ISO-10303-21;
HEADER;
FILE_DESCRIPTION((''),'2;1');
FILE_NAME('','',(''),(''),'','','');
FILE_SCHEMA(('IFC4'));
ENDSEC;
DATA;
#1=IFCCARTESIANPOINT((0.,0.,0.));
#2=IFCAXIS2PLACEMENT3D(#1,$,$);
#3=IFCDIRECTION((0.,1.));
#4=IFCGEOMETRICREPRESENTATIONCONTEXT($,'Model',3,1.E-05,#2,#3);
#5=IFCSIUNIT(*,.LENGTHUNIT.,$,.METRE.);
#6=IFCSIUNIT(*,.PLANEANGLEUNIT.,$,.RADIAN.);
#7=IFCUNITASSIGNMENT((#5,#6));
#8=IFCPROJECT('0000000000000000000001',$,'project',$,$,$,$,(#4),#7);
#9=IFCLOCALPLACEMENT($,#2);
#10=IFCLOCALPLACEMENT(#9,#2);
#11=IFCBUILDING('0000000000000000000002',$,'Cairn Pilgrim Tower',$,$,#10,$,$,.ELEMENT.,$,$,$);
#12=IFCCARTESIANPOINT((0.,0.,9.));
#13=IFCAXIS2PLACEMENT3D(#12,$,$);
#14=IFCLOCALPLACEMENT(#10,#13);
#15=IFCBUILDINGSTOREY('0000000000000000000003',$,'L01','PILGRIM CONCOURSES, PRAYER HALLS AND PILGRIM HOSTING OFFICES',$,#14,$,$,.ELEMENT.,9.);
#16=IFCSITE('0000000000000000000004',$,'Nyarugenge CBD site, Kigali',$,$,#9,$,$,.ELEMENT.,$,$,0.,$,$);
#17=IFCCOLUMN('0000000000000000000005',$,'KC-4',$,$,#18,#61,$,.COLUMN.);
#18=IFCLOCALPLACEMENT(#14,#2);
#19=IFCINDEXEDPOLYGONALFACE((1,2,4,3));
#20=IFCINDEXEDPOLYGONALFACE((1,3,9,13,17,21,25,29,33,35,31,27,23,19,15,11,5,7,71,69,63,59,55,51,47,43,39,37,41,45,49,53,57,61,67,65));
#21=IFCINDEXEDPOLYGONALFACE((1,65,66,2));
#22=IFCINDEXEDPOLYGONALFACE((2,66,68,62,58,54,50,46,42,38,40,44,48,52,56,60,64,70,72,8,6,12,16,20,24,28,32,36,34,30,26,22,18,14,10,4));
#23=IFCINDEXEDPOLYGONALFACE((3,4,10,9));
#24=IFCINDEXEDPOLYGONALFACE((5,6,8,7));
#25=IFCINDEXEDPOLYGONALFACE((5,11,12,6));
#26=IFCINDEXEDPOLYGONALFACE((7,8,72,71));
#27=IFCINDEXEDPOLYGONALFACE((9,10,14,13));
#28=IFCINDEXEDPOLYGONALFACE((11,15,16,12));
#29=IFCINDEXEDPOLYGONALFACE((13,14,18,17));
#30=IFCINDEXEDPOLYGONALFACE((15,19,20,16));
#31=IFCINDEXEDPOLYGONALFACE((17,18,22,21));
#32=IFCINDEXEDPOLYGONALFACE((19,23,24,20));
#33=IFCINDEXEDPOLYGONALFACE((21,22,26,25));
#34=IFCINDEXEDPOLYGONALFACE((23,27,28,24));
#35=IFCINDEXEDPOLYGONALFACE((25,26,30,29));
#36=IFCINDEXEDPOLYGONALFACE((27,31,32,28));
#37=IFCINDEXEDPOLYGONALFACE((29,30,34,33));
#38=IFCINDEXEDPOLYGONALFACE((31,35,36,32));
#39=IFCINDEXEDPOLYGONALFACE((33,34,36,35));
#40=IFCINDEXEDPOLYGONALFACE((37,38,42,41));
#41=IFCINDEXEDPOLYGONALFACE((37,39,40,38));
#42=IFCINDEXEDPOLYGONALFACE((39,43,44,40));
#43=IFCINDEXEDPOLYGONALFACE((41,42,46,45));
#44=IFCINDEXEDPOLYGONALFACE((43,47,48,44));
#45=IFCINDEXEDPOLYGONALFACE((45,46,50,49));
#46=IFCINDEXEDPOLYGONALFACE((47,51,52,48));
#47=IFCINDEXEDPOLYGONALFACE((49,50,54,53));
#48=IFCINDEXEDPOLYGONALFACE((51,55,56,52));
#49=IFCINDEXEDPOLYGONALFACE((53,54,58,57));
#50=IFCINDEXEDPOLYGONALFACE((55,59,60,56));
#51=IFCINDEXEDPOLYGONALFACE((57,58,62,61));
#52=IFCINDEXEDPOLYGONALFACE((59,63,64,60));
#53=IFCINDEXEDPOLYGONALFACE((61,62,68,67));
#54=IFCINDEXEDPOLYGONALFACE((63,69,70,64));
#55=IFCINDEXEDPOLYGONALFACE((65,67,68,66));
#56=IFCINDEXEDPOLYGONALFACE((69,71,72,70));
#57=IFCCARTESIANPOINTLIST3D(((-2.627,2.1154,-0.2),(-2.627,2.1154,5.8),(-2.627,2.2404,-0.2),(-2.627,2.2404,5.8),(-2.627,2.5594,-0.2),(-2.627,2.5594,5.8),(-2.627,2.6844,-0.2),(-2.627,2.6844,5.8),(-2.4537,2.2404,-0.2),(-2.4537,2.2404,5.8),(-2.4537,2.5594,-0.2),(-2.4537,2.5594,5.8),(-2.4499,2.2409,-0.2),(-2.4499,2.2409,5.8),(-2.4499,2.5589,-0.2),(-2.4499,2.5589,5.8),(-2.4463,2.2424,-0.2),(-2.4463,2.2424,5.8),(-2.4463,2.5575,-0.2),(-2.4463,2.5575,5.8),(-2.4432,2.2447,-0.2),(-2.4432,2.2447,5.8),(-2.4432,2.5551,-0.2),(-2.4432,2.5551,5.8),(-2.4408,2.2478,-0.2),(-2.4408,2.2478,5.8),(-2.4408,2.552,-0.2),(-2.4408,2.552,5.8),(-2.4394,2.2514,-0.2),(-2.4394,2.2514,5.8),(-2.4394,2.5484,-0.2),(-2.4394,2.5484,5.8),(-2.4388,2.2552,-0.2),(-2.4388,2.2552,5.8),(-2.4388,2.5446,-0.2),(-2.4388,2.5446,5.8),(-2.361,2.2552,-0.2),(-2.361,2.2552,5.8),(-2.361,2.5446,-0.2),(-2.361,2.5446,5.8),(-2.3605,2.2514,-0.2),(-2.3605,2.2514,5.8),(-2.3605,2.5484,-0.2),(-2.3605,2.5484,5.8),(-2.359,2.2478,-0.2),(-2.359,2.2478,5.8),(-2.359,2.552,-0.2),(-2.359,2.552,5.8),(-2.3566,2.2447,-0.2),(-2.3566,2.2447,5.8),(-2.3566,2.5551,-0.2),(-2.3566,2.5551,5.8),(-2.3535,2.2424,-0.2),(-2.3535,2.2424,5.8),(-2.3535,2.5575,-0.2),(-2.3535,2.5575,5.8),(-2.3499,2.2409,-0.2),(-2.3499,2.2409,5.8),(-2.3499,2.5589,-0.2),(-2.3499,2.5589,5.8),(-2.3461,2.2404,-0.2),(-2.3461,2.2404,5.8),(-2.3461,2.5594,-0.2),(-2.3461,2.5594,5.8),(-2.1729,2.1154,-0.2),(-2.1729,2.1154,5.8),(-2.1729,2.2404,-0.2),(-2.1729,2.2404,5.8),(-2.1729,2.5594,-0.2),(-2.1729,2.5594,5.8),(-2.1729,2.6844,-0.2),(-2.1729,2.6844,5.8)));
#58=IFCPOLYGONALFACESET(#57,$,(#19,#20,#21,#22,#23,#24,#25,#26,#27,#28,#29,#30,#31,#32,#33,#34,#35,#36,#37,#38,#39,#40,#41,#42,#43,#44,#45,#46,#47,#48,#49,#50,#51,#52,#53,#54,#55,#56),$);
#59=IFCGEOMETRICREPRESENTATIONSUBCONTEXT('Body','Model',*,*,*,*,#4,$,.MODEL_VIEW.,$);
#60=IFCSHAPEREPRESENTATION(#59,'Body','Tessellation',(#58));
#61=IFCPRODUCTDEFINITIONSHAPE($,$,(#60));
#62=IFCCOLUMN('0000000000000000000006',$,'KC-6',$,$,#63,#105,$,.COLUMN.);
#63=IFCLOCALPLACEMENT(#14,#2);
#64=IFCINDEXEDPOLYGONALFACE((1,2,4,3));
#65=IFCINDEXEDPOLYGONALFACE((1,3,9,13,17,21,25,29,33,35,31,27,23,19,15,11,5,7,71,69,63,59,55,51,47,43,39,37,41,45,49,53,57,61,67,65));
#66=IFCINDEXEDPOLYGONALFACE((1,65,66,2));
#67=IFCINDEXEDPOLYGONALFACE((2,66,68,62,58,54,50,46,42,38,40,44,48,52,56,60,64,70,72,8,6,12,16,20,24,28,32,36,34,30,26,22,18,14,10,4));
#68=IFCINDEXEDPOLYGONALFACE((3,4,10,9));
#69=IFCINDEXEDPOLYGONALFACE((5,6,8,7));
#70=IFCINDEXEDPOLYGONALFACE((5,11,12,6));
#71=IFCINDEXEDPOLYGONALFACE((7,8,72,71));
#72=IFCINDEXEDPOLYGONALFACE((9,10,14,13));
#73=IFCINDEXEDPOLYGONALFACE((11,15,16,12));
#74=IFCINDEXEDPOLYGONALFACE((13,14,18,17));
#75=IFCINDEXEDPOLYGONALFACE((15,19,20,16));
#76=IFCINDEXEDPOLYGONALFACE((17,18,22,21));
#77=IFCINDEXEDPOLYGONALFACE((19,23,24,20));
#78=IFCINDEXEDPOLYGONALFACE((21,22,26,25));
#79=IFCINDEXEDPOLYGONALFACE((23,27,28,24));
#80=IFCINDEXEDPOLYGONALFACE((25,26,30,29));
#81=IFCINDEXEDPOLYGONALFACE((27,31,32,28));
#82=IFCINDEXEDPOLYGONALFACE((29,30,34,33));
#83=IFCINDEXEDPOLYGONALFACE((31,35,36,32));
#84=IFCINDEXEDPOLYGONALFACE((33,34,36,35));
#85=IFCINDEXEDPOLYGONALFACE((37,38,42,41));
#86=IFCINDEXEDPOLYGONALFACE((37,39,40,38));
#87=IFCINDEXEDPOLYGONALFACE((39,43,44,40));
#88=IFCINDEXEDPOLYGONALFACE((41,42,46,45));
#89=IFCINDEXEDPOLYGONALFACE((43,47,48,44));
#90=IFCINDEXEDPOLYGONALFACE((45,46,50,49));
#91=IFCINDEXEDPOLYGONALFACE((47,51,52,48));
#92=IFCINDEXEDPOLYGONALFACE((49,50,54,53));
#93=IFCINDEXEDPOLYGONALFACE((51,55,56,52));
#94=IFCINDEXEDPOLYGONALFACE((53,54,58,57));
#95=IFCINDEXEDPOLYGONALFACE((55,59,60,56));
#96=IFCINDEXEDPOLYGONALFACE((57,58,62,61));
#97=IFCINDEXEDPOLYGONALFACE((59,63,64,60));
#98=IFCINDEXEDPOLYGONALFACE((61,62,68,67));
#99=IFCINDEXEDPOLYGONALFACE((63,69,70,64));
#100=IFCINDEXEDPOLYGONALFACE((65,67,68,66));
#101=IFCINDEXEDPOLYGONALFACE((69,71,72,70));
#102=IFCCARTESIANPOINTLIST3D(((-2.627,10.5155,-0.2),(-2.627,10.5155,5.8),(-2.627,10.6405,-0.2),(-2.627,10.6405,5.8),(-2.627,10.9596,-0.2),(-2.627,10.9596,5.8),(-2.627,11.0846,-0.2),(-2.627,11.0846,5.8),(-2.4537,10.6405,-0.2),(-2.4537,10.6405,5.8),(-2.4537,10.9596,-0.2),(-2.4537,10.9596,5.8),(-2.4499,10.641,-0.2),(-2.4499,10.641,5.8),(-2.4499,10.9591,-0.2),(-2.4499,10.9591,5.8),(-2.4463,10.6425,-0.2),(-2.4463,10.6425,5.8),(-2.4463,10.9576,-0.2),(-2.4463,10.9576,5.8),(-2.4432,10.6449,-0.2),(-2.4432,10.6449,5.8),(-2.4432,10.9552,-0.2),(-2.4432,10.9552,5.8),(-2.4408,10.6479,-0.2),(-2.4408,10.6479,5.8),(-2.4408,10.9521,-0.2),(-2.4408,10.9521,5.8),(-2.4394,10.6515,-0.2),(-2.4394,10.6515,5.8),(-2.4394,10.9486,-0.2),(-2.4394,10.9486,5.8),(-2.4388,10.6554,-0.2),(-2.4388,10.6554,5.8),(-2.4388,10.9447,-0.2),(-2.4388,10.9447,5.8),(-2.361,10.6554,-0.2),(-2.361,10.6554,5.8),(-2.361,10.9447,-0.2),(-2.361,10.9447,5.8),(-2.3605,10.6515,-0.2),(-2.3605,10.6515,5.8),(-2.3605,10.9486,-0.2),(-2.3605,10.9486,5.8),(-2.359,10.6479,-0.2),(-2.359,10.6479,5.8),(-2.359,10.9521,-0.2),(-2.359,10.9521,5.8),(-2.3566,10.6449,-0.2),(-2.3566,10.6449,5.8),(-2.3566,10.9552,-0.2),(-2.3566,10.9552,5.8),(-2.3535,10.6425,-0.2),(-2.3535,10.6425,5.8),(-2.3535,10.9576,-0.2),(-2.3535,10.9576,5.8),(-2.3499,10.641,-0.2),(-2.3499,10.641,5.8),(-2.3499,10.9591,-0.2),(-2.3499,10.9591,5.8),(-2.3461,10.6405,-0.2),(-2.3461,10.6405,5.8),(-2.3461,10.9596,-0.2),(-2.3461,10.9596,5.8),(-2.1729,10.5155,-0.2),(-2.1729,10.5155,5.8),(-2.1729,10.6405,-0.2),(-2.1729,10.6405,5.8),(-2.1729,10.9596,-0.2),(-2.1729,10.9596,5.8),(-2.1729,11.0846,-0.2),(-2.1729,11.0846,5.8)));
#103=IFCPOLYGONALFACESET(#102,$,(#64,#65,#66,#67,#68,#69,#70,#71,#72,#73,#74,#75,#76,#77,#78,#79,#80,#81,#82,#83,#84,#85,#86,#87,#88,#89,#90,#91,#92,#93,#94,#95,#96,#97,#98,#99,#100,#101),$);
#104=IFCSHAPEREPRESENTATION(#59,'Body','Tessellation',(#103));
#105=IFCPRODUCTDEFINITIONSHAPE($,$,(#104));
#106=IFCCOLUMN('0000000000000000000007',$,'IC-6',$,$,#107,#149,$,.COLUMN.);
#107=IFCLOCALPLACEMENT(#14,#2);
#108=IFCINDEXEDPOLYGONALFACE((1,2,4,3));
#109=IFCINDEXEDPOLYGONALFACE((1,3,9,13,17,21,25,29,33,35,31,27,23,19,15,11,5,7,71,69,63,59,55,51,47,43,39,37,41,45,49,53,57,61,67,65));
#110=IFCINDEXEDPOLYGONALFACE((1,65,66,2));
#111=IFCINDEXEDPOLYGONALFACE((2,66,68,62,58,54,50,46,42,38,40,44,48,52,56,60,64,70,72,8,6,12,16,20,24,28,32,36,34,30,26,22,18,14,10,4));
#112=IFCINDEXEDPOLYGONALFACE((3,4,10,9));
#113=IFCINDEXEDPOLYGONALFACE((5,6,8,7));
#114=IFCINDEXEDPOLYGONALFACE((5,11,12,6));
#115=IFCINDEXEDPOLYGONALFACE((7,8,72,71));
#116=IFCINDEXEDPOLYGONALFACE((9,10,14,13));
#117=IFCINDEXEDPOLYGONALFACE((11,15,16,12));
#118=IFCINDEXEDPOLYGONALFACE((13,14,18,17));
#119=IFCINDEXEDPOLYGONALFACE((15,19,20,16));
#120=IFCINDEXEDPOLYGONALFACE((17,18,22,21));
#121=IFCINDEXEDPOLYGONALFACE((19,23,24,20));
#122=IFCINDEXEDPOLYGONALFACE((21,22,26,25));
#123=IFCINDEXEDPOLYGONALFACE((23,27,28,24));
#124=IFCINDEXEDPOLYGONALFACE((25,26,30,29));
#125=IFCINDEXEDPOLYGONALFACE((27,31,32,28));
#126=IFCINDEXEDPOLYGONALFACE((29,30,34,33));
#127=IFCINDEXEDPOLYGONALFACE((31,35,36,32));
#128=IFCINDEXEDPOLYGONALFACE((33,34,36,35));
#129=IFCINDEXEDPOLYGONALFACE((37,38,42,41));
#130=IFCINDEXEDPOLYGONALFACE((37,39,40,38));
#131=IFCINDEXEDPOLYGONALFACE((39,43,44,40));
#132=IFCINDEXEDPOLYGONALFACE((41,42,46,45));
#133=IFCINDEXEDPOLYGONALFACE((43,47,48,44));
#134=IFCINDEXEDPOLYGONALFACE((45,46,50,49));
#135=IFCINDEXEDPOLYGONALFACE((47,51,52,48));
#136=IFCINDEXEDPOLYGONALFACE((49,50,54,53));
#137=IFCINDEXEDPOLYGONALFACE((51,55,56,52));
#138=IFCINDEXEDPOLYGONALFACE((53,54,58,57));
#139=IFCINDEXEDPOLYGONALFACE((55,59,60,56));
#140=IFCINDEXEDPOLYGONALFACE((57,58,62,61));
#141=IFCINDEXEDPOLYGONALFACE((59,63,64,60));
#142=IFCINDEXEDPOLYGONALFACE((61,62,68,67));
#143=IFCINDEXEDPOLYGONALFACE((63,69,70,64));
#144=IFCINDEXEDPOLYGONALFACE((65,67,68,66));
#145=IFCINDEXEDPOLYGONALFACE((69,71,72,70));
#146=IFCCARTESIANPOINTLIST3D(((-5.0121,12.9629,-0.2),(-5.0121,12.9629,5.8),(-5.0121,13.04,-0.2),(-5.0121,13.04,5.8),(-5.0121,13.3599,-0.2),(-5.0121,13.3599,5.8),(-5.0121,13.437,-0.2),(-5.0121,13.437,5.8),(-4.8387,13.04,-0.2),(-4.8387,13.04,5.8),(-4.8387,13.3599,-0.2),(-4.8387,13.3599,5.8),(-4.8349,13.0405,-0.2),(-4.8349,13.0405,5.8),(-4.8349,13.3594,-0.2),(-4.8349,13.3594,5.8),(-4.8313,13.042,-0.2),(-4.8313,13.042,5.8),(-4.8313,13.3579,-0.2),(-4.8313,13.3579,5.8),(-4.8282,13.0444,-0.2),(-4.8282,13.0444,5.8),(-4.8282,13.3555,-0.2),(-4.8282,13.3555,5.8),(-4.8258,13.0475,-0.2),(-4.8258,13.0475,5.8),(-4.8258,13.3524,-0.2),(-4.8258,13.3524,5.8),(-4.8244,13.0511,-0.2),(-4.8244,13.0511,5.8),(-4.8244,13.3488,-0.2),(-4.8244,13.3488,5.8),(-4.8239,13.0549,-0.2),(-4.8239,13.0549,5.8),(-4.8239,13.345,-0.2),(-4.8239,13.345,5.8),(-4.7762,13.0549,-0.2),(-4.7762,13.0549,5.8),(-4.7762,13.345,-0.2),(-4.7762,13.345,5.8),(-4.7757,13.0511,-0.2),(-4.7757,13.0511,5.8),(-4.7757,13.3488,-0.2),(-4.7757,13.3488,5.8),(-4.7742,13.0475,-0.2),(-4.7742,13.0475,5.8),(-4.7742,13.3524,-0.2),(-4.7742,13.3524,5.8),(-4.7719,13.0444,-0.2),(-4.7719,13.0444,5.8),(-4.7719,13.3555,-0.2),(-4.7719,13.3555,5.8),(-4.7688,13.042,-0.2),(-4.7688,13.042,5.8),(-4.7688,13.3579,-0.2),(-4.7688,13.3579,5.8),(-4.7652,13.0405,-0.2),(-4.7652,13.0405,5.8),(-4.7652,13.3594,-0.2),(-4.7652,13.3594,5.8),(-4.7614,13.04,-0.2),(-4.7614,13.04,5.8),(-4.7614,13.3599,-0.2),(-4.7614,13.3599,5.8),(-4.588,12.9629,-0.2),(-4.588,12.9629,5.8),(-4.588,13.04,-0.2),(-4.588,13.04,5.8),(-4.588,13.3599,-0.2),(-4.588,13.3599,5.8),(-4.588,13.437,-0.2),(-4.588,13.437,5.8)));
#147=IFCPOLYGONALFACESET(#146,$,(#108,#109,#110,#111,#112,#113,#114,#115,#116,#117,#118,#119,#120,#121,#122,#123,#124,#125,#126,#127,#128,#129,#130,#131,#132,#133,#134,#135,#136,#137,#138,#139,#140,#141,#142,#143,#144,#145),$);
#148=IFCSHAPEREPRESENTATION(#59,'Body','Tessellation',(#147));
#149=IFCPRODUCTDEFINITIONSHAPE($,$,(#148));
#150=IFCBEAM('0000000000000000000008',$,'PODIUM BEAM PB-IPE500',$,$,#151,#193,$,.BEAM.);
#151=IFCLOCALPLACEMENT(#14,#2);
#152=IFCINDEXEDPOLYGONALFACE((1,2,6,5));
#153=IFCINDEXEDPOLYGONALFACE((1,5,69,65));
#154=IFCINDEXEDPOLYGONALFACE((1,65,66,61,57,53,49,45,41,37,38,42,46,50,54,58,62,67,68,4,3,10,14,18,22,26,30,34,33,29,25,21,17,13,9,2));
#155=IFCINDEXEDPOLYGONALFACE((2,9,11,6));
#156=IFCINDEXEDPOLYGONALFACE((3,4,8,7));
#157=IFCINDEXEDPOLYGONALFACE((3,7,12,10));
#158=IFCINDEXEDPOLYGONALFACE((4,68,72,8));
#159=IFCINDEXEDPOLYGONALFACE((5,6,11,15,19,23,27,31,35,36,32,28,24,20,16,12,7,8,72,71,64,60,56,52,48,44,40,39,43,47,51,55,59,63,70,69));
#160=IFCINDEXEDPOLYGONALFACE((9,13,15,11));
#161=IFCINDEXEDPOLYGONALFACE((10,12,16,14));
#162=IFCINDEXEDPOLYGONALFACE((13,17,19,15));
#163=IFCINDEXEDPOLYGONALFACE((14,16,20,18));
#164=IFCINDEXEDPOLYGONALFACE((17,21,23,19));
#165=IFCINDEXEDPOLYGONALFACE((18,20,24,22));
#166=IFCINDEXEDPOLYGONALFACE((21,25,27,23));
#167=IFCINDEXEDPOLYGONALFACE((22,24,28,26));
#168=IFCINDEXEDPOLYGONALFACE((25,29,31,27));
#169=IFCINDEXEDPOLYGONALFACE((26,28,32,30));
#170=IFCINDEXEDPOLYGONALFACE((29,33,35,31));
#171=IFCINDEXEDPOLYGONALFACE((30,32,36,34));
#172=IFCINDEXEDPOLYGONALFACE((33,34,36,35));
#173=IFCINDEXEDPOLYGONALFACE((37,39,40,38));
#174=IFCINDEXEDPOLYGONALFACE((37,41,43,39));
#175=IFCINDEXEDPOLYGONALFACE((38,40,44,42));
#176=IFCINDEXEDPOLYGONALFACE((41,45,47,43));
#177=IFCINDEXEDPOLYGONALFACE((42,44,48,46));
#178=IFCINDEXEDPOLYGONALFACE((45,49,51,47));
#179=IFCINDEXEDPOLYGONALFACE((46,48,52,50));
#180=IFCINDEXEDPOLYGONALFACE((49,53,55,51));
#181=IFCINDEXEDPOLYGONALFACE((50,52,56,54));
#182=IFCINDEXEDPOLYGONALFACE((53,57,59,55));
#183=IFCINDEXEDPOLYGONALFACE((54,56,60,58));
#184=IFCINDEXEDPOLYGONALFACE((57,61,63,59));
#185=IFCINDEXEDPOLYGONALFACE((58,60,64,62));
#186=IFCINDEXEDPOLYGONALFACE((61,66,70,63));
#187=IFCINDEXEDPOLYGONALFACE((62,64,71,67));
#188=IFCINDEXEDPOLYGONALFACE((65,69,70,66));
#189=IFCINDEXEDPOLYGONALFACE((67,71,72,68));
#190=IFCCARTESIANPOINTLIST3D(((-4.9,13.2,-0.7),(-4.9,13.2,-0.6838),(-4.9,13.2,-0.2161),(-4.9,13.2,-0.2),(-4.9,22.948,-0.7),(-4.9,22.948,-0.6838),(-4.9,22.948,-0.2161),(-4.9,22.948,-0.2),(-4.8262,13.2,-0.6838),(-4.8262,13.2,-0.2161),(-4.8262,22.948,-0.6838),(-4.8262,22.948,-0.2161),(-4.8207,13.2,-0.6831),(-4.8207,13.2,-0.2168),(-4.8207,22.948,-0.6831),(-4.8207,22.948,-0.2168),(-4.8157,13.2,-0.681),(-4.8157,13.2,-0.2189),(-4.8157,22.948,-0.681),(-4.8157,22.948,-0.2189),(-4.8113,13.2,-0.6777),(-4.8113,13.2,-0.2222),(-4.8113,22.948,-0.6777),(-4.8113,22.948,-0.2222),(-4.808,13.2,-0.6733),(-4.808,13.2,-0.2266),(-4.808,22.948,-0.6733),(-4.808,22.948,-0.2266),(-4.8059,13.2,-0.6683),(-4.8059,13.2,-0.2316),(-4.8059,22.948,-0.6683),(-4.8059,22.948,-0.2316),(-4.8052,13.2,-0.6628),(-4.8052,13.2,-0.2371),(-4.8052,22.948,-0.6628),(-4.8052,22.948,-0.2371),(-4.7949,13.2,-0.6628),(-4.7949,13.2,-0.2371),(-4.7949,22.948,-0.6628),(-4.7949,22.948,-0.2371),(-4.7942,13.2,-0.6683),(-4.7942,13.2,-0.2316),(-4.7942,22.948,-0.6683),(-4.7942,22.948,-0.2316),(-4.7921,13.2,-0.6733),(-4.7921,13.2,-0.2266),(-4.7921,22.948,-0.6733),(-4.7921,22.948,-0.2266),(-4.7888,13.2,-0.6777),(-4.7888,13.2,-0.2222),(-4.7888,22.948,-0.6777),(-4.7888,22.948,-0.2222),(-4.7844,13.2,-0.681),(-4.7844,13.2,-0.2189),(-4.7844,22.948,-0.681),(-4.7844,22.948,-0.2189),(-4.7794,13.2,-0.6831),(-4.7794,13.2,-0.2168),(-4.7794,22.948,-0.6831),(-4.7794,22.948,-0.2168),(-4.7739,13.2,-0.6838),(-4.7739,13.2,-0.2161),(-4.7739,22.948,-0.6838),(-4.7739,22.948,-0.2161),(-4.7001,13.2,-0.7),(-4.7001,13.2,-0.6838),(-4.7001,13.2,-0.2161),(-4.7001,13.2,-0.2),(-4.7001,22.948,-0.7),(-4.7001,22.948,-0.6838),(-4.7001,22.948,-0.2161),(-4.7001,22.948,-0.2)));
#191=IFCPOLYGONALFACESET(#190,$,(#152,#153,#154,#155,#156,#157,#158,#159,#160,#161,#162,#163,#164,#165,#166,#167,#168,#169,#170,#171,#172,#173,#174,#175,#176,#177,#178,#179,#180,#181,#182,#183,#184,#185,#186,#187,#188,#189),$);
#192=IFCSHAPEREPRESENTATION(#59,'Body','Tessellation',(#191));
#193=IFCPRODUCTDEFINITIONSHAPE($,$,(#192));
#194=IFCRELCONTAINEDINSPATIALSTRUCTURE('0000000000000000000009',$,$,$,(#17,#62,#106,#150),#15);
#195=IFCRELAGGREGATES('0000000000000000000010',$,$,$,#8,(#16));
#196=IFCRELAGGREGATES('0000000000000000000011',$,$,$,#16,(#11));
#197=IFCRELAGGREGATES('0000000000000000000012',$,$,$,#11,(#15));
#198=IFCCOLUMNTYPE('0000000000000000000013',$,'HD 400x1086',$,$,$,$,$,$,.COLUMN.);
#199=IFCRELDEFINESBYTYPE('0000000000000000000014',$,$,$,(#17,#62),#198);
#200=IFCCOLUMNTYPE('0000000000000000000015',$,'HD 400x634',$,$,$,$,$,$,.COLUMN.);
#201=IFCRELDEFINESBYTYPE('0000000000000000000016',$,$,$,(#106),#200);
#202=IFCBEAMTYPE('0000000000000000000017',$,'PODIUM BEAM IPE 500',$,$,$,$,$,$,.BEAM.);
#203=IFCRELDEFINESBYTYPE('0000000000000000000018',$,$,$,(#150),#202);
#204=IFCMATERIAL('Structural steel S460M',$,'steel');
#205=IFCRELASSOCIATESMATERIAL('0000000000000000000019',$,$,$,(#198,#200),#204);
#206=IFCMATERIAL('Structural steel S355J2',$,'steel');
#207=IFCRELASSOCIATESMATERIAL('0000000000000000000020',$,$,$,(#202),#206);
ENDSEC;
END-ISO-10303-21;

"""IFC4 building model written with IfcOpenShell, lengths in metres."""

from ifc_helpers import new_model, si_unit, direction, frame, origin, origin_2d, place, context, subcontext, project, spatial, i_section, extrude, material, material_profile, profile_set, type_object, element, save


model = new_model("IFC4")

# Units and contexts
model_context = context("Model", 3, precision=1e-05, world=origin(), true_north=direction((0.0, 1.0)))
body_context = subcontext(model_context, "Body", "Model", "MODEL_VIEW")
ifc_project = project(units=[si_unit("LENGTHUNIT", "METRE"), si_unit("PLANEANGLEUNIT", "RADIAN")], contexts=[model_context])

# Site, building, storey
site_placement = place(None, origin())
site = spatial("IfcSite", under=ifc_project, at=site_placement, Name="Nyarugenge CBD site, Kigali", CompositionType="ELEMENT", RefElevation=0.0)
building_placement = place(site_placement, origin())
building = spatial("IfcBuilding", under=site, at=building_placement, Name="Cairn Pilgrim Tower", CompositionType="ELEMENT")
storey_placement = place(building_placement, frame((0.0, 0.0, 9.0)))
storey = spatial("IfcBuildingStorey", under=building, at=storey_placement, Name="L01", Description="PILGRIM CONCOURSES, PRAYER HALLS AND PILGRIM HOSTING OFFICES", CompositionType="ELEMENT", Elevation=9.0)

# Columns
ifc_material_1 = material(Name="Structural steel S460M", Category="steel")
ifc_material_profile_1 = material_profile(ifc_material_1, i_section(OverallWidth=0.4541, OverallDepth=0.5691, WebThickness=0.0779, FlangeThickness=0.125, FilletRadius=0.0149, at=origin_2d()), Name="HD 400x1086")
ifc_profile_set_1 = profile_set([ifc_material_profile_1], Name="Structural steel S460M")
column_type_1 = type_object("IfcColumnType", Name="HD 400x1086", PredefinedType="COLUMN", material=ifc_profile_set_1)
for number, where, z_axis, x_axis, name in (
    (1, (-2.3999, 2.3999, -0.2), (0.0, 0.0, 1.0), (1.0, 0.0, 0.0), "KC-4"),
    (2, (-2.3999, 10.8, -0.2), (0.0, 0.0, 1.0), (1.0, 0.0, 0.0), "KC-6"),
):
    element("IfcColumn", number, at=place(storey_placement, frame(where, z_axis=z_axis, x_axis=x_axis)), inside=storey, type_object=column_type_1, Name=name, PredefinedType="COLUMN", context=body_context, shape_type="SweptSolid", body=[
        extrude(i_section(OverallWidth=0.4541, OverallDepth=0.5691, WebThickness=0.0779, FlangeThickness=0.125, FilletRadius=0.0149, at=origin_2d()), origin(), (0.0, 0.0, 1.0), 6.0),
    ])
ifc_material_profile_2 = material_profile(ifc_material_1, i_section(OverallWidth=0.4241, OverallDepth=0.4741, WebThickness=0.0476, FlangeThickness=0.0771, FilletRadius=0.0149, at=origin_2d()), Name="HD 400x634")
ifc_profile_set_2 = profile_set([ifc_material_profile_2], Name="Structural steel S460M")
column_type_2 = type_object("IfcColumnType", Name="HD 400x634", PredefinedType="COLUMN", material=ifc_profile_set_2)
column_placement = place(storey_placement, frame((-4.8, 13.2, -0.2), z_axis=(0.0, 0.0, 1.0), x_axis=(1.0, 0.0, 0.0)))
element("IfcColumn", 3, at=column_placement, inside=storey, type_object=column_type_2, Name="IC-6", PredefinedType="COLUMN", context=body_context, shape_type="SweptSolid", body=[
    extrude(i_section(OverallWidth=0.4241, OverallDepth=0.4741, WebThickness=0.0476, FlangeThickness=0.0771, FilletRadius=0.0149, at=origin_2d()), origin(), (0.0, 0.0, 1.0), 6.0),
])

# Beam
ifc_material_2 = material(Name="Structural steel S355J2", Category="steel")
ifc_material_profile_3 = material_profile(ifc_material_2, i_section(OverallWidth=0.2, OverallDepth=0.5, WebThickness=0.0103, FlangeThickness=0.0161, FilletRadius=0.021, at=origin_2d()), Name="IPE 500")
ifc_profile_set_3 = profile_set([ifc_material_profile_3], Name="Structural steel S355J2")
beam_type_1 = type_object("IfcBeamType", Name="PODIUM BEAM IPE 500", PredefinedType="BEAM", material=ifc_profile_set_3)
for number, where, z_axis, x_axis, name in (
    (4, (-4.8, 13.2, -0.45), (0.0, 1.0, 0.0), (-1.0, 0.0, 0.0), "PODIUM BEAM PB-IPE500"),
):
    element("IfcBeam", number, at=place(storey_placement, frame(where, z_axis=z_axis, x_axis=x_axis)), inside=storey, type_object=beam_type_1, Name=name, PredefinedType="BEAM", context=body_context, shape_type="SweptSolid", body=[
        extrude(i_section(OverallWidth=0.2, OverallDepth=0.5, WebThickness=0.0103, FlangeThickness=0.0161, FilletRadius=0.021, at=origin_2d()), origin(), (0.0, 0.0, 1.0), 9.748),
    ])

save(model, "model.ifc")
